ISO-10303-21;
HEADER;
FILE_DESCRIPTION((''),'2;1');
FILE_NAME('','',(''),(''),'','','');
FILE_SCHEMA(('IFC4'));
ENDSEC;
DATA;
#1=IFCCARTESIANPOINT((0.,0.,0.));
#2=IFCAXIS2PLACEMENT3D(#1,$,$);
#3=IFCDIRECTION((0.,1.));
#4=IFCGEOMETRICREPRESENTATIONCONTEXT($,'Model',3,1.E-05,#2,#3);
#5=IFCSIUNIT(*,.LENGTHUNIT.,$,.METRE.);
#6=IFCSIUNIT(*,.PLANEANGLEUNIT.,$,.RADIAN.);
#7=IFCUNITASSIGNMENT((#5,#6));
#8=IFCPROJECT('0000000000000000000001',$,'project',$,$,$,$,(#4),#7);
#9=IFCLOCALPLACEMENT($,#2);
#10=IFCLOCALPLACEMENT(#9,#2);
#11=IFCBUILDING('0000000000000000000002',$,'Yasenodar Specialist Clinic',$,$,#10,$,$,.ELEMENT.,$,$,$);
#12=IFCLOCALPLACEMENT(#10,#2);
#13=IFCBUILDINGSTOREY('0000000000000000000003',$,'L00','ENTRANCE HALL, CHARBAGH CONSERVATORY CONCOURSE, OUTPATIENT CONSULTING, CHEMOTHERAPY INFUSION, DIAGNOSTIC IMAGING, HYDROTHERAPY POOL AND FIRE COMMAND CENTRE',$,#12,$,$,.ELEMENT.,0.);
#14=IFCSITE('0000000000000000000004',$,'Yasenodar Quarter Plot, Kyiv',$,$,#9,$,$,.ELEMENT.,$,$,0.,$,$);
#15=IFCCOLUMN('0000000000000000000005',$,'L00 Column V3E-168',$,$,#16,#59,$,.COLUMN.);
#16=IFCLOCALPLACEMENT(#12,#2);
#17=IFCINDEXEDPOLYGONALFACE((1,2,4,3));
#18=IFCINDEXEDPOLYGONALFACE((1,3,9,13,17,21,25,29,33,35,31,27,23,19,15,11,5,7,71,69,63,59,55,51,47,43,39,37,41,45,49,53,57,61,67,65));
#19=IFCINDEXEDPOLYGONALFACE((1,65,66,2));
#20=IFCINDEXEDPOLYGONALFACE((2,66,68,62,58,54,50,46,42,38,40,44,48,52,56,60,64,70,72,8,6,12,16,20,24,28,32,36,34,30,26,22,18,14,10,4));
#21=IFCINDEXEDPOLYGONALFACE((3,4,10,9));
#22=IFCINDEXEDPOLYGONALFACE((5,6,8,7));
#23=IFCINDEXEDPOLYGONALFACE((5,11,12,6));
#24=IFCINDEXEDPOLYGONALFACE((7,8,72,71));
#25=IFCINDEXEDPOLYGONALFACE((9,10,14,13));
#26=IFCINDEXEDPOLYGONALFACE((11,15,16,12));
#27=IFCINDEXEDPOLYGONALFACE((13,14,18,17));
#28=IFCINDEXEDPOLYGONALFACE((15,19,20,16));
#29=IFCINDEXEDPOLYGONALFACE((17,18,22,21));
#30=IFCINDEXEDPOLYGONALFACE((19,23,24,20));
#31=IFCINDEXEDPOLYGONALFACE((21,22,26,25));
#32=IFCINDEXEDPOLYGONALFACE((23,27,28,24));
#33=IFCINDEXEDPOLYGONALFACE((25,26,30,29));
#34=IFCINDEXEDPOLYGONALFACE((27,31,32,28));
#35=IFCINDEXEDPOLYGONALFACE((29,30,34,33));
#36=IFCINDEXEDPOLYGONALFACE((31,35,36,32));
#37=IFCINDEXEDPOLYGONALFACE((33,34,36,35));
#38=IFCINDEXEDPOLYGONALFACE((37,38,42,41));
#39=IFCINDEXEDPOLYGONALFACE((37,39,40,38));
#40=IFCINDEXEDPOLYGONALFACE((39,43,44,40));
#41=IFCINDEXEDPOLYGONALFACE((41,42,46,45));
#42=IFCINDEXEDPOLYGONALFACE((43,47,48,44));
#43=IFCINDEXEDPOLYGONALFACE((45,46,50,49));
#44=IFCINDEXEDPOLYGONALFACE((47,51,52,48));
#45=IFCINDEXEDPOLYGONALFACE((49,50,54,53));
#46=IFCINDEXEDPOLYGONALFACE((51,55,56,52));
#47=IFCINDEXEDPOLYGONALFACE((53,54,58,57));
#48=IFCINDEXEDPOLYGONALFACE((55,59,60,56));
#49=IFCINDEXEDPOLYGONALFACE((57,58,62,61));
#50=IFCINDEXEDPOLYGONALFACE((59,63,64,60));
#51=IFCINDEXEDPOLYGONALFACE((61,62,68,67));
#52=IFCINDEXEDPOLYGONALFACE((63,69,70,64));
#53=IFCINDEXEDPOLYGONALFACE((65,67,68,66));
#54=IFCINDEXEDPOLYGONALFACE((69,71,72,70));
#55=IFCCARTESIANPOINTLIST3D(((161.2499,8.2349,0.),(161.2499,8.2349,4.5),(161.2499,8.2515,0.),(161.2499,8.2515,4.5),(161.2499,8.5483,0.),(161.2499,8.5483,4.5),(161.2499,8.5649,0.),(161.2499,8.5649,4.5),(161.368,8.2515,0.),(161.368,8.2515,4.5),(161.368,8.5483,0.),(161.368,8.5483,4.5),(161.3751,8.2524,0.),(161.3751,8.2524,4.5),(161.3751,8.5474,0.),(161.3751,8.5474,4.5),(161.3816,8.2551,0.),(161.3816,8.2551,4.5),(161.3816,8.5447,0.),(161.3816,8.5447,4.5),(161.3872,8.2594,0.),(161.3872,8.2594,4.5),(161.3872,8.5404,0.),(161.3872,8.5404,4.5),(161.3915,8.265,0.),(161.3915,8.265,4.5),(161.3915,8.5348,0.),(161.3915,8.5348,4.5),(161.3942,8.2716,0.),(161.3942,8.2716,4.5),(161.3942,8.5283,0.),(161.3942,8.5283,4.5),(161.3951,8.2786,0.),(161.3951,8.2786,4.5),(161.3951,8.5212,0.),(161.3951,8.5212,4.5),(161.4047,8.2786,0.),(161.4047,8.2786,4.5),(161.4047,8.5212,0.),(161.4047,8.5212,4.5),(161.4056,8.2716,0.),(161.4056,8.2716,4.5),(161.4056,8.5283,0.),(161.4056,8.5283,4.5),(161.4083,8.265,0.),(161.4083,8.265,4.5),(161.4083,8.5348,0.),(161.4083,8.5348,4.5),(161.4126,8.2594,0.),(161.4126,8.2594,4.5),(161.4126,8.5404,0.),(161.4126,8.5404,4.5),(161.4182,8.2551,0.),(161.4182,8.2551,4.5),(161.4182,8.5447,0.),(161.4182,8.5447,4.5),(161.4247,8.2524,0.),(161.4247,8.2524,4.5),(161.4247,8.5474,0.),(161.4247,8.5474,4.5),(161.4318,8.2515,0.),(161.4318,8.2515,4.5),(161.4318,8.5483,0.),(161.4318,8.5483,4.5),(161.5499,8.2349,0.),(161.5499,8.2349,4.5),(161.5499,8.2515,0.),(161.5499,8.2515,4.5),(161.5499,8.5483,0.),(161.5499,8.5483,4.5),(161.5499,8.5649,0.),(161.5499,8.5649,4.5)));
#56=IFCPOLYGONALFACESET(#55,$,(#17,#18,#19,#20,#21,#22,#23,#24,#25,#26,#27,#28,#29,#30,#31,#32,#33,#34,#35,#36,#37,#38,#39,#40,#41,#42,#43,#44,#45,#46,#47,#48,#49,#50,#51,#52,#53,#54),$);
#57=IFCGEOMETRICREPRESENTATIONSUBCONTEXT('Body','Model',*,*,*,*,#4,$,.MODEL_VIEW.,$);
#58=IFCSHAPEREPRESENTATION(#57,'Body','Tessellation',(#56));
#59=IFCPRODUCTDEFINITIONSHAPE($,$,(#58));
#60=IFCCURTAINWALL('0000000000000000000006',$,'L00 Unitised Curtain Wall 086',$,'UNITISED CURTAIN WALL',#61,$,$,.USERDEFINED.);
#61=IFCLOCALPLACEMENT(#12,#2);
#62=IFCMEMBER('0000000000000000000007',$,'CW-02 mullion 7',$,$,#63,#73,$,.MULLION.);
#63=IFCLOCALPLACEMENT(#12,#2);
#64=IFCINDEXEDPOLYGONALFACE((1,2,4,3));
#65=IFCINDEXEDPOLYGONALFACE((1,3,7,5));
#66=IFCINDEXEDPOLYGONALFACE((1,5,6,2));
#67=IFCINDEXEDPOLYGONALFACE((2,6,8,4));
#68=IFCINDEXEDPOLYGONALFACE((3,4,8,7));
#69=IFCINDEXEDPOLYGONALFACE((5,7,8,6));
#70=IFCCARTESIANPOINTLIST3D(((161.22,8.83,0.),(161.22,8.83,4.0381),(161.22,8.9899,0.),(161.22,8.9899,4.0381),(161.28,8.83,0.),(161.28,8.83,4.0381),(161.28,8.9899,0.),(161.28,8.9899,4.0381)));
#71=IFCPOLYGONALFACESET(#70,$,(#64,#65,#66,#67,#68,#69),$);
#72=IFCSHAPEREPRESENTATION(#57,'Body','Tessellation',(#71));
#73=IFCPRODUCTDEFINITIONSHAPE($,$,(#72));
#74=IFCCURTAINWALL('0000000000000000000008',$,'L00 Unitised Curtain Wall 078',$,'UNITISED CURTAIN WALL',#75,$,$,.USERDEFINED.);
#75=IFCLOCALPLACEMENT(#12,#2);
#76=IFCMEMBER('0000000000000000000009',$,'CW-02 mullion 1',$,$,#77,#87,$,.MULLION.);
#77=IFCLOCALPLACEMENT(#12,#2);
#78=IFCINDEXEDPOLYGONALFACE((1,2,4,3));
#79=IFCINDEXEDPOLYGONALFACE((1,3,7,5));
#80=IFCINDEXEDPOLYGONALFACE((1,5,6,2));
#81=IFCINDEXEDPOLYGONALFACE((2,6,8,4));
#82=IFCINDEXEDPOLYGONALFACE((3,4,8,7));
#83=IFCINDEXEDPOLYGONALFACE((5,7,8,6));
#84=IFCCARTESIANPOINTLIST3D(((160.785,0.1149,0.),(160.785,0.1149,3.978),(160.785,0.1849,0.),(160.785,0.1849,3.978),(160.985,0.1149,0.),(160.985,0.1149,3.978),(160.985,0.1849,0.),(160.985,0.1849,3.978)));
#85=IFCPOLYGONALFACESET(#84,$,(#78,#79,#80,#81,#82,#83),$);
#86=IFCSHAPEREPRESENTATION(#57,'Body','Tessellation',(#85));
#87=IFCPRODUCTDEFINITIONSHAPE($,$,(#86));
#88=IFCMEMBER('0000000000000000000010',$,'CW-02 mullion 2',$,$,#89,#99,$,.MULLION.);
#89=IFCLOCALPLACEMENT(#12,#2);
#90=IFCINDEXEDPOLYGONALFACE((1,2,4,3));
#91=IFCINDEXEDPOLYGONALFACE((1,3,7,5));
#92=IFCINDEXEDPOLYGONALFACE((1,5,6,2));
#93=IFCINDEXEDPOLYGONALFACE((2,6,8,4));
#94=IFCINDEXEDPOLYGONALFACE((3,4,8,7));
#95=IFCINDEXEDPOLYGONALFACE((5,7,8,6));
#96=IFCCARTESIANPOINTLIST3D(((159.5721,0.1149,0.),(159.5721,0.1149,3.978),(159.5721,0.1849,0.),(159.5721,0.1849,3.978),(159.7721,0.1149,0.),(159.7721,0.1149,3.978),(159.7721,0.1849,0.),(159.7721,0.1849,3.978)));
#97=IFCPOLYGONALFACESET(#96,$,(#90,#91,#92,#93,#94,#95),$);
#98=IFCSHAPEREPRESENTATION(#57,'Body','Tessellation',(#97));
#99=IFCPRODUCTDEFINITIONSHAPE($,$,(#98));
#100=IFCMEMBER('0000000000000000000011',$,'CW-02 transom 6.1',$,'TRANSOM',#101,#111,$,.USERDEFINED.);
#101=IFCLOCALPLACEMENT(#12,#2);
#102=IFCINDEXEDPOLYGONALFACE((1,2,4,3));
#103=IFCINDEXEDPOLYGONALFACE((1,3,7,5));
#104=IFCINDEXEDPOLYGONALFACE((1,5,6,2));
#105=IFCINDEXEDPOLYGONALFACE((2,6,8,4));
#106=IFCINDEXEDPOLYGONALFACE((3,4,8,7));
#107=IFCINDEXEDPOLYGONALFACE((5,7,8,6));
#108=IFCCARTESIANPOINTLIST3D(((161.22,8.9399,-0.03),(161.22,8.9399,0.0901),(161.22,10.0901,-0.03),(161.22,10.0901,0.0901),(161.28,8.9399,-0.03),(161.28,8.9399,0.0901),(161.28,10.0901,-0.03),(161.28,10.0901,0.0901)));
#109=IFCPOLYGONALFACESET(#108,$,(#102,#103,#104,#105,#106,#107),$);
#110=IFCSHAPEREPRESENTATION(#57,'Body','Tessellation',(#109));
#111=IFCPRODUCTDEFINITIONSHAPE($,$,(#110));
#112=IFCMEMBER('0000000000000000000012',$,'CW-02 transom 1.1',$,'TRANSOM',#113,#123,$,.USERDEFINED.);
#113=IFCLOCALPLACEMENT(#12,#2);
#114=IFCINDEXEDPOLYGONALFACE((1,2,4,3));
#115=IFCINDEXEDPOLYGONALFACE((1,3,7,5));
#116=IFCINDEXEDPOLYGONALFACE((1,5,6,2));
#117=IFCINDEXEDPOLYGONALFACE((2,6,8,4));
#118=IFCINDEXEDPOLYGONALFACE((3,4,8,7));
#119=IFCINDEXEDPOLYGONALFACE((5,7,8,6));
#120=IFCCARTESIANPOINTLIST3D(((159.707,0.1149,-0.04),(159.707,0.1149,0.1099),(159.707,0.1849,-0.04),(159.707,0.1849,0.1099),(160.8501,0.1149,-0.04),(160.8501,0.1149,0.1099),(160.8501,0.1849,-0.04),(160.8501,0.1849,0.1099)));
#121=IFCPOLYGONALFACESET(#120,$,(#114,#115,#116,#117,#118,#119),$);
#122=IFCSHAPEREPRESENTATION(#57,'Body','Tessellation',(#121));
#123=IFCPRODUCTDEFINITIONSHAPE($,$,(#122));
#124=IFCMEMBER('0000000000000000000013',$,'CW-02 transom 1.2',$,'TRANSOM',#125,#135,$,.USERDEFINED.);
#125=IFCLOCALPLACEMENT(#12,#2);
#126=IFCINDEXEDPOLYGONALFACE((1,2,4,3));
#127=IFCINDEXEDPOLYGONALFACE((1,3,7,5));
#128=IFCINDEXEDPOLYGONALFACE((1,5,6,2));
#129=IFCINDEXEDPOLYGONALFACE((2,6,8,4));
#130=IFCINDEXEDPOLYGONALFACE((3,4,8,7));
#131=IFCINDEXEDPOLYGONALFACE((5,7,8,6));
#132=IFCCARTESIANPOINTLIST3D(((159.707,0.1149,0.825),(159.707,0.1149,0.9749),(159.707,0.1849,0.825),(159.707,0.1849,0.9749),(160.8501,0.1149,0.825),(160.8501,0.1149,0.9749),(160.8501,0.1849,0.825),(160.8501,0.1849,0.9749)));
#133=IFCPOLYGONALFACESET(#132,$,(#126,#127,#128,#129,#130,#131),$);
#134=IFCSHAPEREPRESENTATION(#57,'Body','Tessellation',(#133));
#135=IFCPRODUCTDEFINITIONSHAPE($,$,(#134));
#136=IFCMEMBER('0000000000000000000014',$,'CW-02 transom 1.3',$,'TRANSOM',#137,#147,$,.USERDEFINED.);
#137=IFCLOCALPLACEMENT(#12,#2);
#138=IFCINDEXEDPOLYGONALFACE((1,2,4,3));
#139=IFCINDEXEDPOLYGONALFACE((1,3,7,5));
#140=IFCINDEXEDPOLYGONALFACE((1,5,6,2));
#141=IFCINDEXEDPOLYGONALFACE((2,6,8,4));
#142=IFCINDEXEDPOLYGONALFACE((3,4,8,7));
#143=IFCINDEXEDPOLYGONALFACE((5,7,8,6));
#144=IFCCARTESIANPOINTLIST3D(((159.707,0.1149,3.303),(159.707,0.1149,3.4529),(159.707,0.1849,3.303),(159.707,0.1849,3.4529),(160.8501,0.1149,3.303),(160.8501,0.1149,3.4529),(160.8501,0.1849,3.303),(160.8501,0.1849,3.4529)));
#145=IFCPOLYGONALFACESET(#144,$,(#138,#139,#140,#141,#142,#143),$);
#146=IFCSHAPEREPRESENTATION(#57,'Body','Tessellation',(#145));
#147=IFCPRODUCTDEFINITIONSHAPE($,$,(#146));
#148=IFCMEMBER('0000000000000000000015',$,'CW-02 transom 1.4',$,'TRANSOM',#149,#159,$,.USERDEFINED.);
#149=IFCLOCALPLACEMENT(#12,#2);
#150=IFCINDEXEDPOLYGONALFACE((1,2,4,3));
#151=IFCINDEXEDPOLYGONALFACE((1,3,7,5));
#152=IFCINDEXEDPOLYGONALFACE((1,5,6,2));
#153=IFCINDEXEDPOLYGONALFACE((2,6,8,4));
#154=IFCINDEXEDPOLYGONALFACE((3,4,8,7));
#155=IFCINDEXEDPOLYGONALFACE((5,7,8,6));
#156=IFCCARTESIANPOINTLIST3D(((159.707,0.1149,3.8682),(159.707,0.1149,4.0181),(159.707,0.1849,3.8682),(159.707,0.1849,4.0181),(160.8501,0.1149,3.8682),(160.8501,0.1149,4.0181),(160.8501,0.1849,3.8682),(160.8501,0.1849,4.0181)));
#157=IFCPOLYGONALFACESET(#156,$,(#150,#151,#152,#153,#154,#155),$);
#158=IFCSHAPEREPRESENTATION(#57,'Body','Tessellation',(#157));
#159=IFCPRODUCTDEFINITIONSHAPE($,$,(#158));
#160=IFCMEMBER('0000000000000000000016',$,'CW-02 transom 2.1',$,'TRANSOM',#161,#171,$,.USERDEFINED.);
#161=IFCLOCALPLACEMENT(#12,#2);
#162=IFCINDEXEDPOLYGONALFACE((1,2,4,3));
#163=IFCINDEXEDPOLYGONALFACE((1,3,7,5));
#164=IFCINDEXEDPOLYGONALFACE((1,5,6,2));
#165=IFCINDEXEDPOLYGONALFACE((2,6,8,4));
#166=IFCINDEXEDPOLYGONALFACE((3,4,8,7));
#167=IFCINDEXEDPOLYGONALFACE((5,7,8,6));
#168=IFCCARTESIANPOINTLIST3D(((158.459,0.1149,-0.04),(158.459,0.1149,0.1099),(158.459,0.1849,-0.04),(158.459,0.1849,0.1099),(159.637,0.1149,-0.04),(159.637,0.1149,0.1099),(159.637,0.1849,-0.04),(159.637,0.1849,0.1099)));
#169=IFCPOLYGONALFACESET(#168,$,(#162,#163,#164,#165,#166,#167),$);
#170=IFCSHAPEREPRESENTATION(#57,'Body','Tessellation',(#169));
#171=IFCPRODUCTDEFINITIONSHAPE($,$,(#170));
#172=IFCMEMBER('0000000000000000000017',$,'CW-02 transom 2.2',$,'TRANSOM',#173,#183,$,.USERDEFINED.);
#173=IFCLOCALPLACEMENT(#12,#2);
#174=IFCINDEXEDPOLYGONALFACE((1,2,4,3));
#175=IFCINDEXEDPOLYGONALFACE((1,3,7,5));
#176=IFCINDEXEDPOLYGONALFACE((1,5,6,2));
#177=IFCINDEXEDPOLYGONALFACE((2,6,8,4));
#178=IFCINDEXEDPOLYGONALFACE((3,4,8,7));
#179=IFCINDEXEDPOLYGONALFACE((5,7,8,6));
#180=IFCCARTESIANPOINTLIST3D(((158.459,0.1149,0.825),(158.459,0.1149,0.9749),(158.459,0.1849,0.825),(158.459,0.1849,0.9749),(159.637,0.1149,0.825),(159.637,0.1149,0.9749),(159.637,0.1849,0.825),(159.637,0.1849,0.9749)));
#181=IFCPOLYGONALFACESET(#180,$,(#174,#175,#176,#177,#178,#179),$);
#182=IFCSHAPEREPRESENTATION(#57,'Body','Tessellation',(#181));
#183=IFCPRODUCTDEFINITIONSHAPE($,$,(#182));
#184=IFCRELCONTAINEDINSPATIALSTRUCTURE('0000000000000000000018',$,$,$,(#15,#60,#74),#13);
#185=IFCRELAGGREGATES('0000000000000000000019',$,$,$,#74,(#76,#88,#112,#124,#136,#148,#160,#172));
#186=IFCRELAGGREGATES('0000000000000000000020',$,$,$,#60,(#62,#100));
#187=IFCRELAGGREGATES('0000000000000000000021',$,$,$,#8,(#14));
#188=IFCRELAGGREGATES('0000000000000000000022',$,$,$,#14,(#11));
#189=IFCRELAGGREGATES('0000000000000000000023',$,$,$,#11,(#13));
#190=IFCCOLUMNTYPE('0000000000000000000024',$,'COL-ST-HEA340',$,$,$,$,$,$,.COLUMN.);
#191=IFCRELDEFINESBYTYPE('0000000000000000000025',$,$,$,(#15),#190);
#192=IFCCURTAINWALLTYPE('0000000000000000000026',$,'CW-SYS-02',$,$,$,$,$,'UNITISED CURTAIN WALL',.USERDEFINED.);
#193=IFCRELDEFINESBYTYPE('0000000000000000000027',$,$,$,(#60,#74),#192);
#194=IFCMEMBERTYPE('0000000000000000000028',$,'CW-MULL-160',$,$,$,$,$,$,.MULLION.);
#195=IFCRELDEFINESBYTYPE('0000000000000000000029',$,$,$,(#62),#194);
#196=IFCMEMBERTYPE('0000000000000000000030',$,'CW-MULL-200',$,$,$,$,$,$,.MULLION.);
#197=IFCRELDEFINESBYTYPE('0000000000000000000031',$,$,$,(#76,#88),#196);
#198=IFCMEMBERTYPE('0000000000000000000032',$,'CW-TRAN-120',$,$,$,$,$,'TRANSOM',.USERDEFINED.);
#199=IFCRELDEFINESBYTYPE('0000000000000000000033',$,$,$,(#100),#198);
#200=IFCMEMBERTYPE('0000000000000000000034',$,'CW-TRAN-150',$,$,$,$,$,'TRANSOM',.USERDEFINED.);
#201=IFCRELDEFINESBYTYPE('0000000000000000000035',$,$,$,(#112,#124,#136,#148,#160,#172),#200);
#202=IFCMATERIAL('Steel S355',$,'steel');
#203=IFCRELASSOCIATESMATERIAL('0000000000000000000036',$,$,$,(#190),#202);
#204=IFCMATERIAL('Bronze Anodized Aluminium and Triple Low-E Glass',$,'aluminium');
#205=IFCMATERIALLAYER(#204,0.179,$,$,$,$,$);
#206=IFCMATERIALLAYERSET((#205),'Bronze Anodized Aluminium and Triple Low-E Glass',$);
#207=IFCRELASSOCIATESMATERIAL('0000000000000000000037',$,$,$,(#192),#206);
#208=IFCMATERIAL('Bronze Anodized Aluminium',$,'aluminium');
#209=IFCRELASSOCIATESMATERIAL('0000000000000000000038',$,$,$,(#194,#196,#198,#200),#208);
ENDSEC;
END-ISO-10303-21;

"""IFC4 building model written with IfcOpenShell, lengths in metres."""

from ifc_helpers import new_model, si_unit, direction, frame, origin, origin_2d, place, context, subcontext, project, spatial, rectangle, i_section, extrude, material, layer, layer_set, material_profile, profile_set, type_object, element, aggregate, save


model = new_model("IFC4")

# Units and contexts
model_context = context("Model", 3, precision=1e-05, world=origin(), true_north=direction((0.0, 1.0)))
body_context = subcontext(model_context, "Body", "Model", "MODEL_VIEW")
ifc_project = project(units=[si_unit("LENGTHUNIT", "METRE"), si_unit("PLANEANGLEUNIT", "RADIAN")], contexts=[model_context])

# Site, building, storey
site_placement = place(None, origin())
site = spatial("IfcSite", under=ifc_project, at=site_placement, Name="Yasenodar Quarter Plot, Kyiv", CompositionType="ELEMENT", RefElevation=0.0)
building_placement = place(site_placement, origin())
building = spatial("IfcBuilding", under=site, at=building_placement, Name="Yasenodar Specialist Clinic", CompositionType="ELEMENT")
storey_placement = place(building_placement, origin())
storey = spatial("IfcBuildingStorey", under=building, at=storey_placement, Name="L00", Description="ENTRANCE HALL, CHARBAGH CONSERVATORY CONCOURSE, OUTPATIENT CONSULTING, CHEMOTHERAPY INFUSION, DIAGNOSTIC IMAGING, HYDROTHERAPY POOL AND FIRE COMMAND CENTRE", CompositionType="ELEMENT", Elevation=0.0)

# Column
ifc_material_1 = material(Name="Steel S355", Category="steel")
ifc_material_profile_1 = material_profile(ifc_material_1, i_section(OverallWidth=0.3, OverallDepth=0.3301, WebThickness=0.0095, FlangeThickness=0.0166, FilletRadius=0.0271, at=origin_2d()), Name="HEA 340")
ifc_profile_set_1 = profile_set([ifc_material_profile_1], Name="Steel S355")
column_type = type_object("IfcColumnType", Name="COL-ST-HEA340", PredefinedType="COLUMN", material=ifc_profile_set_1)
column_placement = place(storey_placement, frame((161.3999, 8.3999, 0.0), z_axis=(0.0, 0.0, 1.0), x_axis=(1.0, 0.0, 0.0)))
element("IfcColumn", 1, at=column_placement, inside=storey, type_object=column_type, Name="L00 Column V3E-168", PredefinedType="COLUMN", context=body_context, shape_type="SweptSolid", body=[
    extrude(i_section(OverallWidth=0.3, OverallDepth=0.3301, WebThickness=0.0095, FlangeThickness=0.0166, FilletRadius=0.0271, at=origin_2d()), origin(), (0.0, 0.0, 1.0), 4.5),
])

# Curtain wall, member
ifc_material_2 = material(Name="Bronze Anodized Aluminium and Triple Low-E Glass", Category="aluminium")
ifc_layer_1 = layer(ifc_material_2, 0.179)
ifc_layer_set_1 = layer_set([ifc_layer_1], Name="Bronze Anodized Aluminium and Triple Low-E Glass")
curtain_wall_type = type_object("IfcCurtainWallType", Name="CW-SYS-02", ElementType="UNITISED CURTAIN WALL", PredefinedType="USERDEFINED", material=ifc_layer_set_1)
curtain_wall_1_placement = place(storey_placement, origin())
curtain_wall_1 = element("IfcCurtainWall", 2, at=curtain_wall_1_placement, inside=storey, type_object=curtain_wall_type, Name="L00 Unitised Curtain Wall 086", ObjectType="UNITISED CURTAIN WALL", PredefinedType="USERDEFINED")
ifc_material_3 = material(Name="Bronze Anodized Aluminium", Category="aluminium")
ifc_material_profile_2 = material_profile(ifc_material_3, rectangle(XDim=0.0601, YDim=0.1599, at=origin_2d()), Name="CW-MULL 60x160")
ifc_profile_set_2 = profile_set([ifc_material_profile_2], Name="Bronze Anodized Aluminium")
member_type_1 = type_object("IfcMemberType", Name="CW-MULL-160", PredefinedType="MULLION", material=ifc_profile_set_2)
member_1_placement = place(storey_placement, frame((161.25, 8.9099, 0.0), z_axis=(0.0, 0.0, 1.0), x_axis=(1.0, 0.0, 0.0)))
member_1 = element("IfcMember", 3, at=member_1_placement, type_object=member_type_1, Name="CW-02 mullion 7", PredefinedType="MULLION", context=body_context, shape_type="SweptSolid", body=[
    extrude(rectangle(XDim=0.0601, YDim=0.1599, at=origin_2d()), origin(), (0.0, 0.0, 1.0), 4.0381),
])

# Curtain wall, members
curtain_wall_2_placement = place(storey_placement, origin())
curtain_wall_2 = element("IfcCurtainWall", 4, at=curtain_wall_2_placement, inside=storey, type_object=curtain_wall_type, Name="L00 Unitised Curtain Wall 078", ObjectType="UNITISED CURTAIN WALL", PredefinedType="USERDEFINED")
ifc_material_profile_3 = material_profile(ifc_material_3, rectangle(XDim=0.0701, YDim=0.2, at=origin_2d()), Name="CW-MULL 70x200")
ifc_profile_set_3 = profile_set([ifc_material_profile_3], Name="Bronze Anodized Aluminium")
member_type_2 = type_object("IfcMemberType", Name="CW-MULL-200", PredefinedType="MULLION", material=ifc_profile_set_3)
member_2_placement = place(storey_placement, frame((160.885, 0.1499, 0.0), z_axis=(0.0, 0.0, 1.0), x_axis=(0.0, -1.0, 0.0)))
member_2 = element("IfcMember", 5, at=member_2_placement, type_object=member_type_2, Name="CW-02 mullion 1", PredefinedType="MULLION", context=body_context, shape_type="SweptSolid", body=[
    extrude(rectangle(XDim=0.0701, YDim=0.2, at=origin_2d()), origin(), (0.0, 0.0, 1.0), 3.978),
])
member_3_placement = place(storey_placement, frame((159.6721, 0.1499, 0.0), z_axis=(0.0, 0.0, 1.0), x_axis=(0.0, -1.0, 0.0)))
member_3 = element("IfcMember", 6, at=member_3_placement, type_object=member_type_2, Name="CW-02 mullion 2", PredefinedType="MULLION", context=body_context, shape_type="SweptSolid", body=[
    extrude(rectangle(XDim=0.0701, YDim=0.2, at=origin_2d()), origin(), (0.0, 0.0, 1.0), 3.978),
])

# Members
ifc_material_profile_4 = material_profile(ifc_material_3, rectangle(XDim=0.0601, YDim=0.1201, at=origin_2d()), Name="CW-TRAN 60x120")
ifc_profile_set_4 = profile_set([ifc_material_profile_4], Name="Bronze Anodized Aluminium")
member_type_3 = type_object("IfcMemberType", Name="CW-TRAN-120", ElementType="TRANSOM", PredefinedType="USERDEFINED", material=ifc_profile_set_4)
member_4_placement = place(storey_placement, frame((161.25, 10.0901, 0.03), z_axis=(0.0, -1.0, 0.0), x_axis=(1.0, 0.0, 0.0)))
member_4 = element("IfcMember", 7, at=member_4_placement, type_object=member_type_3, Name="CW-02 transom 6.1", ObjectType="TRANSOM", PredefinedType="USERDEFINED", context=body_context, shape_type="SweptSolid", body=[
    extrude(rectangle(XDim=0.0601, YDim=0.1201, at=origin_2d()), origin(), (0.0, 0.0, 1.0), 1.1501),
])
ifc_material_profile_5 = material_profile(ifc_material_3, rectangle(XDim=0.0701, YDim=0.1499, at=origin_2d()), Name="CW-TRAN 70x150")
ifc_profile_set_5 = profile_set([ifc_material_profile_5], Name="Bronze Anodized Aluminium")
member_type_4 = type_object("IfcMemberType", Name="CW-TRAN-150", ElementType="TRANSOM", PredefinedType="USERDEFINED", material=ifc_profile_set_5)
member_5_placement = place(storey_placement, frame((160.8501, 0.1499, 0.0349), z_axis=(-1.0, 0.0, 0.0), x_axis=(0.0, -1.0, 0.0)))
member_5 = element("IfcMember", 8, at=member_5_placement, type_object=member_type_4, Name="CW-02 transom 1.1", ObjectType="TRANSOM", PredefinedType="USERDEFINED", context=body_context, shape_type="SweptSolid", body=[
    extrude(rectangle(XDim=0.0701, YDim=0.1499, at=origin_2d()), origin(), (0.0, 0.0, 1.0), 1.1431),
])
member_6_placement = place(storey_placement, frame((160.8501, 0.1499, 0.8999), z_axis=(-1.0, 0.0, 0.0), x_axis=(0.0, -1.0, 0.0)))
member_6 = element("IfcMember", 9, at=member_6_placement, type_object=member_type_4, Name="CW-02 transom 1.2", ObjectType="TRANSOM", PredefinedType="USERDEFINED", context=body_context, shape_type="SweptSolid", body=[
    extrude(rectangle(XDim=0.0701, YDim=0.1499, at=origin_2d()), origin(), (0.0, 0.0, 1.0), 1.1431),
])
member_7_placement = place(storey_placement, frame((160.8501, 0.1499, 3.3779), z_axis=(-1.0, 0.0, 0.0), x_axis=(0.0, -1.0, 0.0)))
member_7 = element("IfcMember", 10, at=member_7_placement, type_object=member_type_4, Name="CW-02 transom 1.3", ObjectType="TRANSOM", PredefinedType="USERDEFINED", context=body_context, shape_type="SweptSolid", body=[
    extrude(rectangle(XDim=0.0701, YDim=0.1499, at=origin_2d()), origin(), (0.0, 0.0, 1.0), 1.1431),
])
member_8_placement = place(storey_placement, frame((160.8501, 0.1499, 3.9431), z_axis=(-1.0, 0.0, 0.0), x_axis=(0.0, -1.0, 0.0)))
member_8 = element("IfcMember", 11, at=member_8_placement, type_object=member_type_4, Name="CW-02 transom 1.4", ObjectType="TRANSOM", PredefinedType="USERDEFINED", context=body_context, shape_type="SweptSolid", body=[
    extrude(rectangle(XDim=0.0701, YDim=0.1499, at=origin_2d()), origin(), (0.0, 0.0, 1.0), 1.1431),
])
member_9_placement = place(storey_placement, frame((159.637, 0.1499, 0.0349), z_axis=(-1.0, 0.0, 0.0), x_axis=(0.0, -1.0, 0.0)))
member_9 = element("IfcMember", 12, at=member_9_placement, type_object=member_type_4, Name="CW-02 transom 2.1", ObjectType="TRANSOM", PredefinedType="USERDEFINED", context=body_context, shape_type="SweptSolid", body=[
    extrude(rectangle(XDim=0.0701, YDim=0.1499, at=origin_2d()), origin(), (0.0, 0.0, 1.0), 1.178),
])
member_10_placement = place(storey_placement, frame((159.637, 0.1499, 0.8999), z_axis=(-1.0, 0.0, 0.0), x_axis=(0.0, -1.0, 0.0)))
member_10 = element("IfcMember", 13, at=member_10_placement, type_object=member_type_4, Name="CW-02 transom 2.2", ObjectType="TRANSOM", PredefinedType="USERDEFINED", context=body_context, shape_type="SweptSolid", body=[
    extrude(rectangle(XDim=0.0701, YDim=0.1499, at=origin_2d()), origin(), (0.0, 0.0, 1.0), 1.178),
])

aggregate(curtain_wall_2, [member_2, member_3, member_5, member_6, member_7, member_8, member_9, member_10])
aggregate(curtain_wall_1, [member_1, member_4])

save(model, "model.ifc")
